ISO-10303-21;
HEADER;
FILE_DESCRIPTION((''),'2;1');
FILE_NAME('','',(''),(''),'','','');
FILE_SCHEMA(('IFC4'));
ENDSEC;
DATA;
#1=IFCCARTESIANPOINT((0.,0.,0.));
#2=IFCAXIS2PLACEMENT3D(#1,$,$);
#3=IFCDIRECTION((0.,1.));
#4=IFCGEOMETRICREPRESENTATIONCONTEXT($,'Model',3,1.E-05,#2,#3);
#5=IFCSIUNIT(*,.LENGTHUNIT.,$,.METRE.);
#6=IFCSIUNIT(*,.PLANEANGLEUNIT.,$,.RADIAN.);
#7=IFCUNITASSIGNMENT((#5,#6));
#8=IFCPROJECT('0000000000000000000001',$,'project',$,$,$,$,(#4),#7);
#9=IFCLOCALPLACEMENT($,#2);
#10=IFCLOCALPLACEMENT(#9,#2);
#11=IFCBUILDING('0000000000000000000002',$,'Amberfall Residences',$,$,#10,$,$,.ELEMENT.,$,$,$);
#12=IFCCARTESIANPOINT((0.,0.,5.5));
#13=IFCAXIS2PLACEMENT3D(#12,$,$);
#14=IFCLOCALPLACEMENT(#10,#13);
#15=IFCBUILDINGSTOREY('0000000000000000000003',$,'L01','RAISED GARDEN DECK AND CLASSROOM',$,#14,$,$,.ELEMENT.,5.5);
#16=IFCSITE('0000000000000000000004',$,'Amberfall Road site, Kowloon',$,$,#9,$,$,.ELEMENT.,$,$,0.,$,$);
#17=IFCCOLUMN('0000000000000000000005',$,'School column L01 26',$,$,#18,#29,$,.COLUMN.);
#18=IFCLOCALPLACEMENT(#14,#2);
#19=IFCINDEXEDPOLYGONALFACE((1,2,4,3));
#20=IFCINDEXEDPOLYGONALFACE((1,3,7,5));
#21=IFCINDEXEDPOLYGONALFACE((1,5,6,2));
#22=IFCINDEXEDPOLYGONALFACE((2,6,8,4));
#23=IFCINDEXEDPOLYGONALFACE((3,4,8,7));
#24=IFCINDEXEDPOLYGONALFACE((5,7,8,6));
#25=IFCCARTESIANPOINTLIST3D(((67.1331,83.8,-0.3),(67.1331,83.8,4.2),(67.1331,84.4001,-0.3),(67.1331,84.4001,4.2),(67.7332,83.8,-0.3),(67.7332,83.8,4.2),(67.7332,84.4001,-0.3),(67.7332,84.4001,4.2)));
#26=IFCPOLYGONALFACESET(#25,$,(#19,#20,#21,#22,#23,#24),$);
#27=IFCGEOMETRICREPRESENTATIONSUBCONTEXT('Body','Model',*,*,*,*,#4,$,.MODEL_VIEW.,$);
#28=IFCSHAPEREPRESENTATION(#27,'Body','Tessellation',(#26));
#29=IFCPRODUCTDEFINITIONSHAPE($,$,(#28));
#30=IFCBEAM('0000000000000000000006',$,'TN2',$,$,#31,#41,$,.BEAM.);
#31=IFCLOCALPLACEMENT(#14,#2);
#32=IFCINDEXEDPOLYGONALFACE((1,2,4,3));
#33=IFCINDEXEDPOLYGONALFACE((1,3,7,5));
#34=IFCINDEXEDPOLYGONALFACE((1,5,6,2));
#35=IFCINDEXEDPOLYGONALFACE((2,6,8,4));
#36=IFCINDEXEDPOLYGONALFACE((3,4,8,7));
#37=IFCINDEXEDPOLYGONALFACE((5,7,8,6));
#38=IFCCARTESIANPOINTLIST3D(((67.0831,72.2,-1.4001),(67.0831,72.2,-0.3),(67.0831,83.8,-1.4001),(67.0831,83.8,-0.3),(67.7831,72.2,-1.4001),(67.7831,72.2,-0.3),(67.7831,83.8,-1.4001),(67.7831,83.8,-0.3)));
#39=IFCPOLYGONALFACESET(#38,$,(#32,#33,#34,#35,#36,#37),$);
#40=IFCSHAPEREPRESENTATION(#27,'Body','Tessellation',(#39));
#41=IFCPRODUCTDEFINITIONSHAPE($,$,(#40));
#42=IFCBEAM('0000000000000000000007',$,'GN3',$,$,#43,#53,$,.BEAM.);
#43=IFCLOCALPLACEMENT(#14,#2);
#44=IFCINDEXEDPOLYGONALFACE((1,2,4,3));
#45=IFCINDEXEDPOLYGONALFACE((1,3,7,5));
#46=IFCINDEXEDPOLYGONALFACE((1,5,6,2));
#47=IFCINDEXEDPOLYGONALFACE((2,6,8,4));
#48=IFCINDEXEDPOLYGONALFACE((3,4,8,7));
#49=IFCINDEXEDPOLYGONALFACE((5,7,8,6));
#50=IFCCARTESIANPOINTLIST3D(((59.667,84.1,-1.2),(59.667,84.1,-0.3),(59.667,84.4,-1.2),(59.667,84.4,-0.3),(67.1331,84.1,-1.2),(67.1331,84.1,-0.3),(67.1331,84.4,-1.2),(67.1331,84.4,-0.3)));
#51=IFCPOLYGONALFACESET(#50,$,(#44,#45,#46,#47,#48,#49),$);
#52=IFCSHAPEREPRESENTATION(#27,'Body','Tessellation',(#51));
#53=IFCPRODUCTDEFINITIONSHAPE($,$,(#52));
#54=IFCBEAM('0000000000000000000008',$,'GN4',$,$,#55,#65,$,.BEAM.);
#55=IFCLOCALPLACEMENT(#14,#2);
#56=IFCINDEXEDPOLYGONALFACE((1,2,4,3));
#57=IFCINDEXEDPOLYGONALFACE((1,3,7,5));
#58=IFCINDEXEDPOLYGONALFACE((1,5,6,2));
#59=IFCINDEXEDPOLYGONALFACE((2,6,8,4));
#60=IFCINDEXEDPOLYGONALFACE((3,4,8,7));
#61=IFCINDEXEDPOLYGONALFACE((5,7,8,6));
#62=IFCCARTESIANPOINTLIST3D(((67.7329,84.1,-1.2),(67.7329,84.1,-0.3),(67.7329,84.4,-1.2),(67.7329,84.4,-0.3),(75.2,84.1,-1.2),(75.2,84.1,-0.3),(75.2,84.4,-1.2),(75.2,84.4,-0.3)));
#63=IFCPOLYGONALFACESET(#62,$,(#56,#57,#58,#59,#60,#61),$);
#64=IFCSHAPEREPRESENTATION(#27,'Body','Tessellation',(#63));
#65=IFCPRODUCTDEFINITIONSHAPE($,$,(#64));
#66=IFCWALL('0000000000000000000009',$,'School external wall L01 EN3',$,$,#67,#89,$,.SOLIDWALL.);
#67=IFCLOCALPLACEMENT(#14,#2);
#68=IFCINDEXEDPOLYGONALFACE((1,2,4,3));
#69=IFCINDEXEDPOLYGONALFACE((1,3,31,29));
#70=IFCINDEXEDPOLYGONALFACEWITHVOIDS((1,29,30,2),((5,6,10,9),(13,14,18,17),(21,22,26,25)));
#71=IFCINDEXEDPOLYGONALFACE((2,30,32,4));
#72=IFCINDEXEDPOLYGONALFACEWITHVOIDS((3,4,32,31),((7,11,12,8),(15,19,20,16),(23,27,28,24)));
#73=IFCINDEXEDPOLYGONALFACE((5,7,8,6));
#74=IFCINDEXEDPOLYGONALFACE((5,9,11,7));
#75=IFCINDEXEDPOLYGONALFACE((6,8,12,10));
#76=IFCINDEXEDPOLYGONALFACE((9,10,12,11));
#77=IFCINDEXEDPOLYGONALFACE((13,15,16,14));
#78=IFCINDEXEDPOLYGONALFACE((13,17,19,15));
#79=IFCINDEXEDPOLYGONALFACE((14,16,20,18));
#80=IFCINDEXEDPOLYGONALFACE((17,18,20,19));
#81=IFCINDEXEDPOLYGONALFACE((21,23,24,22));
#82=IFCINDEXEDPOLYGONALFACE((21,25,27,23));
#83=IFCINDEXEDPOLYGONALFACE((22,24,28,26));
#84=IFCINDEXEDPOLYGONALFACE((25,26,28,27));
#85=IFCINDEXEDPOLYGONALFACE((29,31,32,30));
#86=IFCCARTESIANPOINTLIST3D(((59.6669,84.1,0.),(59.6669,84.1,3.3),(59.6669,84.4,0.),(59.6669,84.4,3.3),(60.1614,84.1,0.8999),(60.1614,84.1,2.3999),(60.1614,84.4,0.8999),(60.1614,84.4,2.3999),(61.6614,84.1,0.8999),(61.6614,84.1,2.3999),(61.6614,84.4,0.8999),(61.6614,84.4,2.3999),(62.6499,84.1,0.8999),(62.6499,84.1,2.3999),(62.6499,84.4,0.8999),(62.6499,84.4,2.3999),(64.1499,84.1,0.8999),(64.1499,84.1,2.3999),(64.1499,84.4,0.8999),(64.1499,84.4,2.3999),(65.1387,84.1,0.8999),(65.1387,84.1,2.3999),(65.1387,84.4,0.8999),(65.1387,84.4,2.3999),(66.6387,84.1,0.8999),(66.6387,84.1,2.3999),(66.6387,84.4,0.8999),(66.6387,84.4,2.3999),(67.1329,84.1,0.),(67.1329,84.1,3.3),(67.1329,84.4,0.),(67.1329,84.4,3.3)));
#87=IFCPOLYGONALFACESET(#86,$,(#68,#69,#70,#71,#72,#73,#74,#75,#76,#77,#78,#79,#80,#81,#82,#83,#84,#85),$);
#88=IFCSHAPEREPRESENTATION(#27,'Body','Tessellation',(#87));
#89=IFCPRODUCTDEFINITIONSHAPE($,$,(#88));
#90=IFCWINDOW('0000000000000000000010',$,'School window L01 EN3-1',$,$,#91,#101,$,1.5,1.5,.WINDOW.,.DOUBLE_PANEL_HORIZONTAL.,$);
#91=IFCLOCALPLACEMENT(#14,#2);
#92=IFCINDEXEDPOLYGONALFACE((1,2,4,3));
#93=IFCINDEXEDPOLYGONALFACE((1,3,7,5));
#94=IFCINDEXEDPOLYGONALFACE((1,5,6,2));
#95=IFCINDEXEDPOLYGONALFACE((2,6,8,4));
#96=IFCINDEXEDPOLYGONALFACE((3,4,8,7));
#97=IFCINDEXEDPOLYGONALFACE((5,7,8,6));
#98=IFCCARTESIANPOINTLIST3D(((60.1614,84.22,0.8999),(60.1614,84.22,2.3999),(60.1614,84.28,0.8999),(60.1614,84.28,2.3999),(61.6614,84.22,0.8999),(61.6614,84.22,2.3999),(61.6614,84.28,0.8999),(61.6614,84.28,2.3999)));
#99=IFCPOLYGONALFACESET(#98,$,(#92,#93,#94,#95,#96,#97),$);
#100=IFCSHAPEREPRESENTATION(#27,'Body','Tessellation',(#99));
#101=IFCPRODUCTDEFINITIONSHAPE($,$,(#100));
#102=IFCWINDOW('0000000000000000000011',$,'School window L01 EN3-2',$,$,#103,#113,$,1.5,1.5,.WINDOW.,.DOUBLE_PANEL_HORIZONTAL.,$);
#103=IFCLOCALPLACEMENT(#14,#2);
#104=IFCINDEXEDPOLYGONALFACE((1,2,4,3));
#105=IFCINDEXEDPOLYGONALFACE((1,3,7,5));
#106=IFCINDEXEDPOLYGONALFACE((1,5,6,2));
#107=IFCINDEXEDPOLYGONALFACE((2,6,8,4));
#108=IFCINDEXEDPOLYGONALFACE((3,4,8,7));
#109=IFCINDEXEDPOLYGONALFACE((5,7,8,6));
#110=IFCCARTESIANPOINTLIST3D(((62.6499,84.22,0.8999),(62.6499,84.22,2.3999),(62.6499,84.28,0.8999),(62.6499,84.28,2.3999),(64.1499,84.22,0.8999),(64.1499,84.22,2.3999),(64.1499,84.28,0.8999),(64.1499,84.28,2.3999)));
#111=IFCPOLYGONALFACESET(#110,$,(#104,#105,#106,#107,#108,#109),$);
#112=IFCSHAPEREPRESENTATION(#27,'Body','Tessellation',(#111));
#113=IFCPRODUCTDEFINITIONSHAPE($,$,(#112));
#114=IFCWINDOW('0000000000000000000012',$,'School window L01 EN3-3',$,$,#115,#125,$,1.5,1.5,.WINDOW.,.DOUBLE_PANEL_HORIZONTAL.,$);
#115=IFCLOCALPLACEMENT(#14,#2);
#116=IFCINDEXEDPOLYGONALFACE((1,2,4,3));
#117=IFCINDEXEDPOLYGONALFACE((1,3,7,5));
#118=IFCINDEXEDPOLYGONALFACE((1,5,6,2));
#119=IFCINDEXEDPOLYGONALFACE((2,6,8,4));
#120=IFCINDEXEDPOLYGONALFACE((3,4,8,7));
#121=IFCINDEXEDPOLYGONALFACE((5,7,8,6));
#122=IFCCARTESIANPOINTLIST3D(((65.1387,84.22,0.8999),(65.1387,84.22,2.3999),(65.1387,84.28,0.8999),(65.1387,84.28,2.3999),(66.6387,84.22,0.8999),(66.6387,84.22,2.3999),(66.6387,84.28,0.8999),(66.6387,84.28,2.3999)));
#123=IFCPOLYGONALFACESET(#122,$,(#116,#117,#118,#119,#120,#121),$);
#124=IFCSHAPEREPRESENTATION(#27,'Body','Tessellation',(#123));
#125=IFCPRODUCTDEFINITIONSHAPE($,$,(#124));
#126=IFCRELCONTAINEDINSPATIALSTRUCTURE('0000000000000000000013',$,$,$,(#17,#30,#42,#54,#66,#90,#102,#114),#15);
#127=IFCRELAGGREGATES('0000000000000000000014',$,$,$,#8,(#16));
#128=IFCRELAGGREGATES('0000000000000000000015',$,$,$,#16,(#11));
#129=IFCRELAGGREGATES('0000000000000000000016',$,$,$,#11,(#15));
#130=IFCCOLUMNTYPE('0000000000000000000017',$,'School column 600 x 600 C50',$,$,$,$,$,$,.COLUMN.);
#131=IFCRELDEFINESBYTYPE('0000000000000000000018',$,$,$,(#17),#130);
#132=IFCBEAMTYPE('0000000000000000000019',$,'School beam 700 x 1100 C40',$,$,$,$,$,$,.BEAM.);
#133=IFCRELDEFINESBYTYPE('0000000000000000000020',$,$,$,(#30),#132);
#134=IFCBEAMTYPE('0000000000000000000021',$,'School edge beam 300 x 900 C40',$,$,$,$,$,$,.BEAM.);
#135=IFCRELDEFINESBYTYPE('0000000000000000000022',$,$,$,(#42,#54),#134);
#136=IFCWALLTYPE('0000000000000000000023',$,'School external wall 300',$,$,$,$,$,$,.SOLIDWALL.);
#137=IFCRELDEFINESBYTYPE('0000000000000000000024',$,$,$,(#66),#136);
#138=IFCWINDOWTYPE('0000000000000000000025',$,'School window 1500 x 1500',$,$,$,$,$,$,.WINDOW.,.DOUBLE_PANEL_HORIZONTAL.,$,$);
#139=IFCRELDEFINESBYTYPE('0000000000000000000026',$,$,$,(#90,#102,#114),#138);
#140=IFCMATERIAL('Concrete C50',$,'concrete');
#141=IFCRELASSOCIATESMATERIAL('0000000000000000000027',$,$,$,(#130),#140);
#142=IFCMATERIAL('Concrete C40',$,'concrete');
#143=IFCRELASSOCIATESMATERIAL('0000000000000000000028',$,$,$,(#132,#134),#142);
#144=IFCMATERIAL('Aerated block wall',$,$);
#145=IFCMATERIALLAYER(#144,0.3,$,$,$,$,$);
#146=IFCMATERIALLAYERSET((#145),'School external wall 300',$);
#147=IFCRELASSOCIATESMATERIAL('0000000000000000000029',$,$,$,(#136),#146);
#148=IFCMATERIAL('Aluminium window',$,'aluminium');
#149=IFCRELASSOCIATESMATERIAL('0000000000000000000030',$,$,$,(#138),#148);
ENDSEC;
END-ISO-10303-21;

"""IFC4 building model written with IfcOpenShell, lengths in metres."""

from ifc_helpers import new_model, si_unit, direction, frame, frame_2d, origin, origin_2d, place, context, subcontext, project, spatial, rectangle, extrude, material, layer, layer_set, material_profile, profile_set, type_object, element, fill, save


model = new_model("IFC4")

# Units and contexts
model_context = context("Model", 3, precision=1e-05, world=origin(), true_north=direction((0.0, 1.0)))
body_context = subcontext(model_context, "Body", "Model", "MODEL_VIEW")
ifc_project = project(units=[si_unit("LENGTHUNIT", "METRE"), si_unit("PLANEANGLEUNIT", "RADIAN")], contexts=[model_context])

# Site, building, storey
site_placement = place(None, origin())
site = spatial("IfcSite", under=ifc_project, at=site_placement, Name="Amberfall Road site, Kowloon", CompositionType="ELEMENT", RefElevation=0.0)
building_placement = place(site_placement, origin())
building = spatial("IfcBuilding", under=site, at=building_placement, Name="Amberfall Residences", CompositionType="ELEMENT")
storey_placement = place(building_placement, frame((0.0, 0.0, 5.5)))
storey = spatial("IfcBuildingStorey", under=building, at=storey_placement, Name="L01", Description="RAISED GARDEN DECK AND CLASSROOM", CompositionType="ELEMENT", Elevation=5.5)

# Column
ifc_material_1 = material(Name="Concrete C50", Category="concrete")
ifc_material_profile_1 = material_profile(ifc_material_1, rectangle(XDim=0.6001, YDim=0.6001, at=origin_2d()), Name="School column 600 x 600 C50")
ifc_profile_set_1 = profile_set([ifc_material_profile_1], Name="Concrete C50")
column_type = type_object("IfcColumnType", Name="School column 600 x 600 C50", PredefinedType="COLUMN", material=ifc_profile_set_1)
column_placement = place(storey_placement, frame((67.4331, 84.1001, -0.3), z_axis=(0.0, 0.0, 1.0), x_axis=(1.0, 0.0, 0.0)))
element("IfcColumn", 1, at=column_placement, inside=storey, type_object=column_type, Name="School column L01 26", PredefinedType="COLUMN", context=body_context, shape_type="SweptSolid", body=[
    extrude(rectangle(XDim=0.6001, YDim=0.6001, at=origin_2d()), origin(), (0.0, 0.0, 1.0), 4.5),
])

# Beams
ifc_material_2 = material(Name="Concrete C40", Category="concrete")
ifc_material_profile_2 = material_profile(ifc_material_2, rectangle(XDim=0.7, YDim=1.1001, at=origin_2d()), Name="School beam 700 x 1100 C40")
ifc_profile_set_2 = profile_set([ifc_material_profile_2], Name="Concrete C40")
beam_type_1 = type_object("IfcBeamType", Name="School beam 700 x 1100 C40", PredefinedType="BEAM", material=ifc_profile_set_2)
beam_1_placement = place(storey_placement, frame((67.4331, 72.2, -0.8501), z_axis=(0.0, 1.0, 0.0), x_axis=(-1.0, 0.0, 0.0)))
element("IfcBeam", 2, at=beam_1_placement, inside=storey, type_object=beam_type_1, Name="TN2", PredefinedType="BEAM", context=body_context, shape_type="SweptSolid", body=[
    extrude(rectangle(XDim=0.7, YDim=1.1001, at=origin_2d()), origin(), (0.0, 0.0, 1.0), 11.6001),
])
ifc_material_profile_3 = material_profile(ifc_material_2, rectangle(XDim=0.3, YDim=0.8999, at=origin_2d()), Name="School edge beam 300 x 900 C40")
ifc_profile_set_3 = profile_set([ifc_material_profile_3], Name="Concrete C40")
beam_type_2 = type_object("IfcBeamType", Name="School edge beam 300 x 900 C40", PredefinedType="BEAM", material=ifc_profile_set_3)
beam_2_placement = place(storey_placement, frame((59.667, 84.25, -0.75), z_axis=(1.0, 0.0, 0.0), x_axis=(0.0, 1.0, 0.0)))
element("IfcBeam", 3, at=beam_2_placement, inside=storey, type_object=beam_type_2, Name="GN3", PredefinedType="BEAM", context=body_context, shape_type="SweptSolid", body=[
    extrude(rectangle(XDim=0.3, YDim=0.8999, at=origin_2d()), origin(), (0.0, 0.0, 1.0), 7.4661),
])
beam_3_placement = place(storey_placement, frame((67.7329, 84.25, -0.75), z_axis=(1.0, 0.0, 0.0), x_axis=(0.0, 1.0, 0.0)))
element("IfcBeam", 4, at=beam_3_placement, inside=storey, type_object=beam_type_2, Name="GN4", PredefinedType="BEAM", context=body_context, shape_type="SweptSolid", body=[
    extrude(rectangle(XDim=0.3, YDim=0.8999, at=origin_2d()), origin(), (0.0, 0.0, 1.0), 7.467),
])

# Wall, openings, windows
ifc_material_3 = material(Name="Aerated block wall")
ifc_layer_1 = layer(ifc_material_3, 0.3)
ifc_layer_set_1 = layer_set([ifc_layer_1], Name="School external wall 300")
wall_type_1 = type_object("IfcWallType", Name="School external wall 300", PredefinedType="SOLIDWALL", material=ifc_layer_set_1)
wall_1_placement = place(storey_placement, frame((59.667, 84.25, 0.0), z_axis=(0.0, 0.0, 1.0), x_axis=(1.0, 0.0, 0.0)))
wall_1 = element("IfcWall", 5, at=wall_1_placement, inside=storey, type_object=wall_type_1, Name="School external wall L01 EN3", PredefinedType="SOLIDWALL", context=body_context, shape_type="SweptSolid", body=[
    extrude(rectangle(XDim=7.4661, YDim=0.3, at=frame_2d((3.7329, 0.0))), origin(), (0.0, 0.0, 1.0), 3.3),
])
opening_1_placement = place(wall_1_placement, frame((0.4944, 0.0, 0.8999)))
opening_1 = element("IfcOpeningElement", 6, at=opening_1_placement, cuts=wall_1, PredefinedType="OPENING", context=body_context, shape_type="SweptSolid", body=[
    extrude(rectangle(XDim=1.5, YDim=1.5, at=frame_2d((0.75, 0.75))), frame((0.0, 0.1599, 0.0), z_axis=(0.0, -1.0, 0.0), x_axis=(1.0, 0.0, 0.0)), (0.0, 0.0, 1.0), 0.3201),
])
opening_2_placement = place(wall_1_placement, frame((2.9829, 0.0, 0.8999)))
opening_2 = element("IfcOpeningElement", 7, at=opening_2_placement, cuts=wall_1, PredefinedType="OPENING", context=body_context, shape_type="SweptSolid", body=[
    extrude(rectangle(XDim=1.5, YDim=1.5, at=frame_2d((0.75, 0.75))), frame((0.0, 0.1599, 0.0), z_axis=(0.0, -1.0, 0.0), x_axis=(1.0, 0.0, 0.0)), (0.0, 0.0, 1.0), 0.3201),
])
opening_3_placement = place(wall_1_placement, frame((5.4717, 0.0, 0.8999)))
opening_3 = element("IfcOpeningElement", 8, at=opening_3_placement, cuts=wall_1, PredefinedType="OPENING", context=body_context, shape_type="SweptSolid", body=[
    extrude(rectangle(XDim=1.5, YDim=1.5, at=frame_2d((0.75, 0.75))), frame((0.0, 0.1599, 0.0), z_axis=(0.0, -1.0, 0.0), x_axis=(1.0, 0.0, 0.0)), (0.0, 0.0, 1.0), 0.3201),
])
ifc_material_4 = material(Name="Aluminium window", Category="aluminium")
window_type = type_object("IfcWindowType", Name="School window 1500 x 1500", PartitioningType="DOUBLE_PANEL_HORIZONTAL", PredefinedType="WINDOW", material=ifc_material_4)
window_1_placement = place(opening_1_placement, origin())
window_1 = element("IfcWindow", 9, at=window_1_placement, inside=storey, type_object=window_type, Name="School window L01 EN3-1", OverallHeight=1.5, OverallWidth=1.5, PartitioningType="DOUBLE_PANEL_HORIZONTAL", PredefinedType="WINDOW", context=body_context, shape_type="SweptSolid", body=[
    extrude(rectangle(XDim=1.5, YDim=1.5, at=frame_2d((0.75, 0.75))), frame((0.0, 0.03, 0.0), z_axis=(0.0, -1.0, 0.0), x_axis=(1.0, 0.0, 0.0)), (0.0, 0.0, 1.0), 0.0601),
])
fill(opening_1, window_1)
window_2_placement = place(opening_2_placement, origin())
window_2 = element("IfcWindow", 10, at=window_2_placement, inside=storey, type_object=window_type, Name="School window L01 EN3-2", OverallHeight=1.5, OverallWidth=1.5, PartitioningType="DOUBLE_PANEL_HORIZONTAL", PredefinedType="WINDOW", context=body_context, shape_type="SweptSolid", body=[
    extrude(rectangle(XDim=1.5, YDim=1.5, at=frame_2d((0.75, 0.75))), frame((0.0, 0.03, 0.0), z_axis=(0.0, -1.0, 0.0), x_axis=(1.0, 0.0, 0.0)), (0.0, 0.0, 1.0), 0.0601),
])
fill(opening_2, window_2)
window_3_placement = place(opening_3_placement, origin())
window_3 = element("IfcWindow", 11, at=window_3_placement, inside=storey, type_object=window_type, Name="School window L01 EN3-3", OverallHeight=1.5, OverallWidth=1.5, PartitioningType="DOUBLE_PANEL_HORIZONTAL", PredefinedType="WINDOW", context=body_context, shape_type="SweptSolid", body=[
    extrude(rectangle(XDim=1.5, YDim=1.5, at=frame_2d((0.75, 0.75))), frame((0.0, 0.03, 0.0), z_axis=(0.0, -1.0, 0.0), x_axis=(1.0, 0.0, 0.0)), (0.0, 0.0, 1.0), 0.0601),
])
fill(opening_3, window_3)

save(model, "model.ifc")
